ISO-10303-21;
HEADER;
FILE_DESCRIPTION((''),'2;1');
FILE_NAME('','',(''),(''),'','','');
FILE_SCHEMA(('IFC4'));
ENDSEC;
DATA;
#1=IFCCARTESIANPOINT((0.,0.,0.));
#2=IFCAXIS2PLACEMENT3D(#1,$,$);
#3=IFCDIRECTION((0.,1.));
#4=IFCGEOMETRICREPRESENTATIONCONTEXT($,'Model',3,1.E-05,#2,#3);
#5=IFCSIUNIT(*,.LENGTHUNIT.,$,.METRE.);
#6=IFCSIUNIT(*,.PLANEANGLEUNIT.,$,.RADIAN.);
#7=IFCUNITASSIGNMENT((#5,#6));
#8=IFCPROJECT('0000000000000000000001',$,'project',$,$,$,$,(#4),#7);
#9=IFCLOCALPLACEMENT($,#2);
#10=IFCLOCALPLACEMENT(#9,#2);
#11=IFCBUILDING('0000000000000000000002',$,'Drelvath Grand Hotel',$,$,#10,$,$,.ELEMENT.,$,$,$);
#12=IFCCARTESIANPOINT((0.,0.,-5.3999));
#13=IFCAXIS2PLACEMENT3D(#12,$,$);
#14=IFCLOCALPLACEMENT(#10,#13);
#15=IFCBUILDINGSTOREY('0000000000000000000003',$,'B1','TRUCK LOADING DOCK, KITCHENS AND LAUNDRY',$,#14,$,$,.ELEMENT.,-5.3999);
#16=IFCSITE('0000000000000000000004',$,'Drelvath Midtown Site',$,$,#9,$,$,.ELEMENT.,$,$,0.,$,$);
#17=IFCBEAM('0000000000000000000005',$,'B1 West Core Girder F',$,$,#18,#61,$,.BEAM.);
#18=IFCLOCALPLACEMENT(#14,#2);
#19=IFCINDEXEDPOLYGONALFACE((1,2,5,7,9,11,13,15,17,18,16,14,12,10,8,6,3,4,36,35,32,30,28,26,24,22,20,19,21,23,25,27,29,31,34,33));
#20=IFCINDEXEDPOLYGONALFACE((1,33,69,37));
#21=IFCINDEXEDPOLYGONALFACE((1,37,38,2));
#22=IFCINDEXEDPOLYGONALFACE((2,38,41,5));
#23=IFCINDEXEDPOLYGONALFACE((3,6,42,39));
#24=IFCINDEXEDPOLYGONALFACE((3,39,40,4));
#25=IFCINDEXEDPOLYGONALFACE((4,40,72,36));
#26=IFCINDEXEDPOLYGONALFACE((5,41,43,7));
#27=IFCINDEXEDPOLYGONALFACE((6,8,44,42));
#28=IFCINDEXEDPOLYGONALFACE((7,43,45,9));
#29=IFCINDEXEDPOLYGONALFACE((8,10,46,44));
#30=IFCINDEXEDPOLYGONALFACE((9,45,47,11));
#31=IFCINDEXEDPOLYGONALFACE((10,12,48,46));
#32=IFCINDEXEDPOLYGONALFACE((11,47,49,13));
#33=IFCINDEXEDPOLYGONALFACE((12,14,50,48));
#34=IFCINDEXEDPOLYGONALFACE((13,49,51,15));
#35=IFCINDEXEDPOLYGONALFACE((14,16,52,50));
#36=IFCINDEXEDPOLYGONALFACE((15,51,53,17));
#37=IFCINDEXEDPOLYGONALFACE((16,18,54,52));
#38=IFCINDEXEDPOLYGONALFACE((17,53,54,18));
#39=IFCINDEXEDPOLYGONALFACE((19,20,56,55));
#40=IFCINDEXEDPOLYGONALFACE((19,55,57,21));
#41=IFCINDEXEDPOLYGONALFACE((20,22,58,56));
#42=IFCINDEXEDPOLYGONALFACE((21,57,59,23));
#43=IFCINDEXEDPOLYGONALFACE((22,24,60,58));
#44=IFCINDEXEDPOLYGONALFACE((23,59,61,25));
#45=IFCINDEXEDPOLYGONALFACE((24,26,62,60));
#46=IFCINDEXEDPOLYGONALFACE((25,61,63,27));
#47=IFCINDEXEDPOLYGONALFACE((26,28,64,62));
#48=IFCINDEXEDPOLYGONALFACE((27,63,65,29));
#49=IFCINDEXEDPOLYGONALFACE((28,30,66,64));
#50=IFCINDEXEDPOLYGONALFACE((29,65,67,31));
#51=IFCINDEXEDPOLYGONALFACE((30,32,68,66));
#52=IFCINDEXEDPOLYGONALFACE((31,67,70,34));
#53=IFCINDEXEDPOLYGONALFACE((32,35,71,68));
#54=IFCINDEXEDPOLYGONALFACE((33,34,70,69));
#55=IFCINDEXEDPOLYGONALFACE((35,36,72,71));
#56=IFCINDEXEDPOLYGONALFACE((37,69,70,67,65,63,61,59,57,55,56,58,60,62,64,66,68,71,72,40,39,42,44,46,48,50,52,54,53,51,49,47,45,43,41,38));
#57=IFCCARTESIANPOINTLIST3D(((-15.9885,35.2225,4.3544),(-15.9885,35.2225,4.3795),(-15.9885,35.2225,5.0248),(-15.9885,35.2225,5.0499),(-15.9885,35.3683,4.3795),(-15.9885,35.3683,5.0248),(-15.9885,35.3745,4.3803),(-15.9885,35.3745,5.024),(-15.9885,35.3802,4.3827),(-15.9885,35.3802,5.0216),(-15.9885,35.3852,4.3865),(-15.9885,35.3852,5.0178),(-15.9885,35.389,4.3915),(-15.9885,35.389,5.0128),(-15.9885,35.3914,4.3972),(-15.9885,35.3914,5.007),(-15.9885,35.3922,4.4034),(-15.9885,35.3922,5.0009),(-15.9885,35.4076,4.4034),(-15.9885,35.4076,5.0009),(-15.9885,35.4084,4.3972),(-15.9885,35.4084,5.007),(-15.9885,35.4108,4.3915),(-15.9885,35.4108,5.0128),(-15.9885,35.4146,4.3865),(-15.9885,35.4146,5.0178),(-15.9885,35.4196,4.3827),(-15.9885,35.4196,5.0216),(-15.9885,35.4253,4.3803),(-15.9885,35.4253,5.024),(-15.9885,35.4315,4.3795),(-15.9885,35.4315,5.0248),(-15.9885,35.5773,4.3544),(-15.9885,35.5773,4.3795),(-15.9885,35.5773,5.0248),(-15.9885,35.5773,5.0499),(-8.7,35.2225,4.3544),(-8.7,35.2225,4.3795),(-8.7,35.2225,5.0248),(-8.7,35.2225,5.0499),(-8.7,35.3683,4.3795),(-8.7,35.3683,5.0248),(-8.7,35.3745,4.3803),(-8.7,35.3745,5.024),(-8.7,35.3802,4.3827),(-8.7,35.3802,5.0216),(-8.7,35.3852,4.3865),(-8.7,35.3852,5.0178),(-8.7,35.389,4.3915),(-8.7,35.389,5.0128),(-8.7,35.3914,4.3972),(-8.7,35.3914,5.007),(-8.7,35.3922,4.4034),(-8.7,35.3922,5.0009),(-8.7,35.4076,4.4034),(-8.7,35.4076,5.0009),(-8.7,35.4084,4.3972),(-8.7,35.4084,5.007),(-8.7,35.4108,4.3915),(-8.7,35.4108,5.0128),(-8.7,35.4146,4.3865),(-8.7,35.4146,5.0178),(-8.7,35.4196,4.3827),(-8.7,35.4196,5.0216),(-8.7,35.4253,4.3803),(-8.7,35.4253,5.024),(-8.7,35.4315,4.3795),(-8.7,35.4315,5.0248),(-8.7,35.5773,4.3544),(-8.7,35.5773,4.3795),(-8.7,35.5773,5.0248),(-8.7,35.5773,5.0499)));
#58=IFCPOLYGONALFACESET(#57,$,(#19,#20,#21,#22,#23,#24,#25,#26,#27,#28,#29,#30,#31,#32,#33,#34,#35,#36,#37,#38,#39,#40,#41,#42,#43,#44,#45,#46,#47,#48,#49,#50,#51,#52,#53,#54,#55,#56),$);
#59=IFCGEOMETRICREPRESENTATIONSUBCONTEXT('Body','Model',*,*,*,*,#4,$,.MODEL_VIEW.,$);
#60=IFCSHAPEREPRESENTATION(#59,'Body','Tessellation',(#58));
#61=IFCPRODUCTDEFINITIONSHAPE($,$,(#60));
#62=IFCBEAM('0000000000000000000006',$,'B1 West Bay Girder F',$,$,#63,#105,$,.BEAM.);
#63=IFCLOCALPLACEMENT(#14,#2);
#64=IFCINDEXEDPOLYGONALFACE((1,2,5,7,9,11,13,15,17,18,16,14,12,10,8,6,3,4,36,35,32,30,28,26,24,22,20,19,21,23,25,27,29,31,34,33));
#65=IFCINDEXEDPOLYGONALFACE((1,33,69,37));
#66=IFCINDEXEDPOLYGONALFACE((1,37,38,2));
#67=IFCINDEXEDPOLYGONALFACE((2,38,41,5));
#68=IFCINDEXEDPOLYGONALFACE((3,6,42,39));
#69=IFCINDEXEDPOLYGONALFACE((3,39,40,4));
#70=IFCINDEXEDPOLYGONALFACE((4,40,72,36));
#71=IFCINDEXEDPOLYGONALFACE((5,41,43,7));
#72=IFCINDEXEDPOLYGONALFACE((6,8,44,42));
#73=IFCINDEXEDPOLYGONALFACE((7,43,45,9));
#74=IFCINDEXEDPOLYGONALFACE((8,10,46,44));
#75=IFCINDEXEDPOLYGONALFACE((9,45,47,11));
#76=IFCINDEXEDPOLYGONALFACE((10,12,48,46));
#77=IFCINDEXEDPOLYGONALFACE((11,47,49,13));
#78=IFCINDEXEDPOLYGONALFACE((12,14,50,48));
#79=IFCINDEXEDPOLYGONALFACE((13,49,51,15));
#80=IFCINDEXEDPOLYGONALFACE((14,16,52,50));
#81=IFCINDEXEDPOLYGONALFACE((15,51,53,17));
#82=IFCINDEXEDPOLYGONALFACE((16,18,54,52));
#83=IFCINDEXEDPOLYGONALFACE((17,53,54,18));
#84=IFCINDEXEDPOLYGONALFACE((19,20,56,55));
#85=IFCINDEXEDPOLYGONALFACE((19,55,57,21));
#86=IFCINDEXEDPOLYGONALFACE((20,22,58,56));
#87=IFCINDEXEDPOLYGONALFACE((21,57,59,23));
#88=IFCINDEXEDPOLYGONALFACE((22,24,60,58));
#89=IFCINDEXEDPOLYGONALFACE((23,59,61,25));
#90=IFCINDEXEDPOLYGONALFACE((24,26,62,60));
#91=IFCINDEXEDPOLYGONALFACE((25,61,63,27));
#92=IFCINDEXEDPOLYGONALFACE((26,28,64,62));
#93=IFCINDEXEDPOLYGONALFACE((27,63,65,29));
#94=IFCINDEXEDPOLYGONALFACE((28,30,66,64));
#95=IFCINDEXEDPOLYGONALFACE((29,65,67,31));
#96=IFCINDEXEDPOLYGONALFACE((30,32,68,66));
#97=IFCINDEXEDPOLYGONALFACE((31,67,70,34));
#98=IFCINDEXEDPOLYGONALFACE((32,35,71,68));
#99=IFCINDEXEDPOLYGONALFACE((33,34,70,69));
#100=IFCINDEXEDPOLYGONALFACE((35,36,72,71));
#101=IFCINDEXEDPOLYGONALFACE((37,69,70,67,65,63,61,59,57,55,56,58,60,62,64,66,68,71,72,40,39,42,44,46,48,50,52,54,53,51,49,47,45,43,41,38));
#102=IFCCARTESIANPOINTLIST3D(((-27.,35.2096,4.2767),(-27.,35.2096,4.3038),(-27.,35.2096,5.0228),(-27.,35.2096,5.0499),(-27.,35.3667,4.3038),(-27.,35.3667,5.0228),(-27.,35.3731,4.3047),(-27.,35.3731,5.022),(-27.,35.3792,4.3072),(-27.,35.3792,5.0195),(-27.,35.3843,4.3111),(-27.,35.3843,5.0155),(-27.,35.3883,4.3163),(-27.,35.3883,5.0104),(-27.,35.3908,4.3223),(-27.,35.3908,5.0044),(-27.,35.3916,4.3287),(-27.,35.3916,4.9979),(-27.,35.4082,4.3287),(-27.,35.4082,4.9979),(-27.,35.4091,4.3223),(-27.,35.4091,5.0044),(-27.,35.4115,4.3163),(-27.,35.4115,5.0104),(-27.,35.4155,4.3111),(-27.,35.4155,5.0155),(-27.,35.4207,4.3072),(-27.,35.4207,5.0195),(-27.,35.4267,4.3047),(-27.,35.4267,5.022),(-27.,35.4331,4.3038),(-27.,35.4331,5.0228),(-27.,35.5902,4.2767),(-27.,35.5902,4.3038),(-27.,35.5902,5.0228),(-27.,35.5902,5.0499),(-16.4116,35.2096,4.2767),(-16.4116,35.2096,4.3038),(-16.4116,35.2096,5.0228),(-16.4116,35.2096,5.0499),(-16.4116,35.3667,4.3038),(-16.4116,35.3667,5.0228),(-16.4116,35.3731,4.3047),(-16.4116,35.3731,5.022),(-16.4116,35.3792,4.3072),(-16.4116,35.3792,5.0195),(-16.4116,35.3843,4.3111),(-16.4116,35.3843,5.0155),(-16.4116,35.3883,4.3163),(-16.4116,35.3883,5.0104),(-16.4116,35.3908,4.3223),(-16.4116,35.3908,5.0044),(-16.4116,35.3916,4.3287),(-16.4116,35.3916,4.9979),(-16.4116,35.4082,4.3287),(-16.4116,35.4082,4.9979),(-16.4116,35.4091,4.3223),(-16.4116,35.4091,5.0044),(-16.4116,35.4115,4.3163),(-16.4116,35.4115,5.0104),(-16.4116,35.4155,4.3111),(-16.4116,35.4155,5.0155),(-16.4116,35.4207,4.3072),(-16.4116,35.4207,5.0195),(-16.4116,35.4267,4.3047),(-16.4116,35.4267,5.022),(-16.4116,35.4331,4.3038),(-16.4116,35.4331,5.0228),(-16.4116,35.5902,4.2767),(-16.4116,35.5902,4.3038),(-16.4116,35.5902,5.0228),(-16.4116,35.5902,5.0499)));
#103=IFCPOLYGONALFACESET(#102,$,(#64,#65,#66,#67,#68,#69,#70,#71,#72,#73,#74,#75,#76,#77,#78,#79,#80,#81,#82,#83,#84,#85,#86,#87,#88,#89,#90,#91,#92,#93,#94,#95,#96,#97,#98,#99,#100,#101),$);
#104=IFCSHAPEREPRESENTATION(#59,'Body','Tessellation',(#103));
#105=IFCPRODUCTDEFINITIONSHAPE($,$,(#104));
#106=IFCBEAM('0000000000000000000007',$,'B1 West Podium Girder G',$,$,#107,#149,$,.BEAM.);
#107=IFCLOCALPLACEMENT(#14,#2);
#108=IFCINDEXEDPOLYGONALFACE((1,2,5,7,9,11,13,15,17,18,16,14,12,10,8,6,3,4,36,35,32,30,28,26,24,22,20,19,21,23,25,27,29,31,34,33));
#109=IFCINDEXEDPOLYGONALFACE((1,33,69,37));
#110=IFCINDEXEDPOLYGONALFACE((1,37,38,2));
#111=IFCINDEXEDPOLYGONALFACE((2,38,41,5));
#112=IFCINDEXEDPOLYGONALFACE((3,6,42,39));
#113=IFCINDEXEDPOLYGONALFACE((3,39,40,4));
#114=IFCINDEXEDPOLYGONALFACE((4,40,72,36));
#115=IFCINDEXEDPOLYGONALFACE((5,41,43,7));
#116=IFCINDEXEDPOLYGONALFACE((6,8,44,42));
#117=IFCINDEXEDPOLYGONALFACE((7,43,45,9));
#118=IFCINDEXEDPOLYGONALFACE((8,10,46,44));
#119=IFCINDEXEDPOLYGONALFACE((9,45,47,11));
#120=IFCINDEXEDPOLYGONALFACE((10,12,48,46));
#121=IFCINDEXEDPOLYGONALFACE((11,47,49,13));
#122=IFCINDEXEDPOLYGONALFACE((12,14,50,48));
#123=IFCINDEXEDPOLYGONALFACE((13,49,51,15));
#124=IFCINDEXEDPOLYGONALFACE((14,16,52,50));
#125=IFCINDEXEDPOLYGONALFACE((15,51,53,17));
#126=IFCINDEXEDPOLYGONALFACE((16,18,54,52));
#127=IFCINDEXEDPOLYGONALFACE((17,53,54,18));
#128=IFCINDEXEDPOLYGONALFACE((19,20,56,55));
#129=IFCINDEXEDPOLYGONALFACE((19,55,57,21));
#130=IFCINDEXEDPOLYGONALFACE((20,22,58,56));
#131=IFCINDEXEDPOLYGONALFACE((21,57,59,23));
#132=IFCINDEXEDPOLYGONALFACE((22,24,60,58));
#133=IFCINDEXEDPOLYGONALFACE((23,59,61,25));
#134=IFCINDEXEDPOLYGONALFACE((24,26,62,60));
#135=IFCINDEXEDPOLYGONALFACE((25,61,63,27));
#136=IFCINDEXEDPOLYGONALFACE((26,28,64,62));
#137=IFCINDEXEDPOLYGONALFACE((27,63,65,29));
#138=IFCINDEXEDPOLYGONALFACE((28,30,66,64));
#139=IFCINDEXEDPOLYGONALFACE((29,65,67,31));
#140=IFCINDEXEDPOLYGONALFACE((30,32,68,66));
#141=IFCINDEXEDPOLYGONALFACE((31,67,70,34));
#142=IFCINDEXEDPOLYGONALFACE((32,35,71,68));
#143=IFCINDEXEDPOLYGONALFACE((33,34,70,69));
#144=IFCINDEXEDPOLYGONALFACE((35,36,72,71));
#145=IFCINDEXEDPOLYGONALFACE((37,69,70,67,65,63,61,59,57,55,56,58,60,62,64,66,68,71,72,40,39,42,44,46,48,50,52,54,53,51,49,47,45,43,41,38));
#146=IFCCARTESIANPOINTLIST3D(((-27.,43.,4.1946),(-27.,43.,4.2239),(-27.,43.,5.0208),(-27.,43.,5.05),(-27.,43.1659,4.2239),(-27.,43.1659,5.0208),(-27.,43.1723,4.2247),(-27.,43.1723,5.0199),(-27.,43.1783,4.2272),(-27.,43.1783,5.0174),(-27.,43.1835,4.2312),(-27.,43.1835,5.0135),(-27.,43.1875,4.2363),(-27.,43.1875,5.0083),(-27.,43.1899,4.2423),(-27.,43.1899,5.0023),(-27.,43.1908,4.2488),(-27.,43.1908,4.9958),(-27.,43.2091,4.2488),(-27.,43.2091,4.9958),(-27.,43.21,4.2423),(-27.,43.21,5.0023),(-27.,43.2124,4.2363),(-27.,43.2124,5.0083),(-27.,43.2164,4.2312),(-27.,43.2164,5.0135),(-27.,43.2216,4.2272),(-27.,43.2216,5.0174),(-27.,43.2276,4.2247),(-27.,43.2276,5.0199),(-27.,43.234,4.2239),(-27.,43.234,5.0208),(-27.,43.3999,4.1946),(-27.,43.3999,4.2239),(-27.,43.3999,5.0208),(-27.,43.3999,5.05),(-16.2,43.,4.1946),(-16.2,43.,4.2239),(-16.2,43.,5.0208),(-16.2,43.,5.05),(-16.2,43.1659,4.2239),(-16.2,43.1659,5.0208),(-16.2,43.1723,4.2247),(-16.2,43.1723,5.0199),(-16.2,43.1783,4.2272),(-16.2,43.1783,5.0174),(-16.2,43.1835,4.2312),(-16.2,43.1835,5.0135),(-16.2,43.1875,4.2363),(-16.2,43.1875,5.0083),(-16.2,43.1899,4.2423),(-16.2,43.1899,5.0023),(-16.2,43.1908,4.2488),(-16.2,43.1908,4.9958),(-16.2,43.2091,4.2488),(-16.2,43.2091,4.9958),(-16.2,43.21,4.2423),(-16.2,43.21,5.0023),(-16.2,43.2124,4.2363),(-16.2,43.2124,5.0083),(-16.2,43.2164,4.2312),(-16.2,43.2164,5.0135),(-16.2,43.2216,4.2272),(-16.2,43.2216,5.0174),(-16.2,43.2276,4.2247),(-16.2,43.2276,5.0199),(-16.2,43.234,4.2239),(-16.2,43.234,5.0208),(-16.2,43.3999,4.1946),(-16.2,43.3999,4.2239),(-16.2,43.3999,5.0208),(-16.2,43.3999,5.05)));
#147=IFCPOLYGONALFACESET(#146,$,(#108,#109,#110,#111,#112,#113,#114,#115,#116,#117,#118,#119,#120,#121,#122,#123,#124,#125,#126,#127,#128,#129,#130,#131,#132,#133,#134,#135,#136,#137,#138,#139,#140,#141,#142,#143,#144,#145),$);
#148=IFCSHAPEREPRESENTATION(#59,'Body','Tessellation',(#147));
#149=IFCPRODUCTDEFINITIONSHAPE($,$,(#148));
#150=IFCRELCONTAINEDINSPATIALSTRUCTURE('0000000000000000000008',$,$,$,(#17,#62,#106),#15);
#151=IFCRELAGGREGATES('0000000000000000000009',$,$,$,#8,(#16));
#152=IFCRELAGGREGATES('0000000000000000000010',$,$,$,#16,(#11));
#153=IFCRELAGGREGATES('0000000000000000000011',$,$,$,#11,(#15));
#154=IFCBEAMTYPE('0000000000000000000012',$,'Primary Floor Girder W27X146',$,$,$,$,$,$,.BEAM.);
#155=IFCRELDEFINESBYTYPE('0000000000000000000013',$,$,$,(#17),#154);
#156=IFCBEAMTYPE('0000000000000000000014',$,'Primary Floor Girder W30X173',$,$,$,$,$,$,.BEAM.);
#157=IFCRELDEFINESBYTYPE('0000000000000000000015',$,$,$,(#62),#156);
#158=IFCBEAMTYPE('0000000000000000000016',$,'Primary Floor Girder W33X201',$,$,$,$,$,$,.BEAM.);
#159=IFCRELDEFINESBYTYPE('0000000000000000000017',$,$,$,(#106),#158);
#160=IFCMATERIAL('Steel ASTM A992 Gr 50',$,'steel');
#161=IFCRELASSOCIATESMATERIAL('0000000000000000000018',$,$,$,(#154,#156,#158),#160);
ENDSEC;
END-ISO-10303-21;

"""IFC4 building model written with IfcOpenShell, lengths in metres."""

from ifc_helpers import new_model, si_unit, direction, frame, origin, origin_2d, place, context, subcontext, project, spatial, i_section, extrude, material, material_profile, profile_set, type_object, element, save


model = new_model("IFC4")

# Units and contexts
model_context = context("Model", 3, precision=1e-05, world=origin(), true_north=direction((0.0, 1.0)))
body_context = subcontext(model_context, "Body", "Model", "MODEL_VIEW")
ifc_project = project(units=[si_unit("LENGTHUNIT", "METRE"), si_unit("PLANEANGLEUNIT", "RADIAN")], contexts=[model_context])

# Site, building, storey
site_placement = place(None, origin())
site = spatial("IfcSite", under=ifc_project, at=site_placement, Name="Drelvath Midtown Site", CompositionType="ELEMENT", RefElevation=0.0)
building_placement = place(site_placement, origin())
building = spatial("IfcBuilding", under=site, at=building_placement, Name="Drelvath Grand Hotel", CompositionType="ELEMENT")
storey_placement = place(building_placement, frame((0.0, 0.0, -5.3999)))
storey = spatial("IfcBuildingStorey", under=building, at=storey_placement, Name="B1", Description="TRUCK LOADING DOCK, KITCHENS AND LAUNDRY", CompositionType="ELEMENT", Elevation=-5.3999)

# Beams
ifc_material_1 = material(Name="Steel ASTM A992 Gr 50", Category="steel")
ifc_material_profile_1 = material_profile(ifc_material_1, i_section(OverallWidth=0.3547, OverallDepth=0.6956, WebThickness=0.0154, FlangeThickness=0.0251, FilletRadius=0.0239, at=origin_2d()), Name="W27X146")
ifc_profile_set_1 = profile_set([ifc_material_profile_1], Name="Steel ASTM A992 Gr 50")
beam_type_1 = type_object("IfcBeamType", Name="Primary Floor Girder W27X146", PredefinedType="BEAM", material=ifc_profile_set_1)
beam_1_placement = place(storey_placement, frame((-15.9885, 35.3999, 4.7021), z_axis=(1.0, 0.0, 0.0), x_axis=(0.0, 1.0, 0.0)))
element("IfcBeam", 1, at=beam_1_placement, inside=storey, type_object=beam_type_1, Name="B1 West Core Girder F", PredefinedType="BEAM", context=body_context, shape_type="SweptSolid", body=[
    extrude(i_section(OverallWidth=0.3547, OverallDepth=0.6956, WebThickness=0.0154, FlangeThickness=0.0251, FilletRadius=0.0239, at=origin_2d()), origin(), (0.0, 0.0, 1.0), 7.2886),
])
ifc_material_profile_2 = material_profile(ifc_material_1, i_section(OverallWidth=0.3806, OverallDepth=0.7732, WebThickness=0.0166, FlangeThickness=0.0271, FilletRadius=0.0249, at=origin_2d()), Name="W30X173")
ifc_profile_set_2 = profile_set([ifc_material_profile_2], Name="Steel ASTM A992 Gr 50")
beam_type_2 = type_object("IfcBeamType", Name="Primary Floor Girder W30X173", PredefinedType="BEAM", material=ifc_profile_set_2)
beam_2_placement = place(storey_placement, frame((-27.0, 35.3999, 4.6633), z_axis=(1.0, 0.0, 0.0), x_axis=(0.0, 1.0, 0.0)))
element("IfcBeam", 2, at=beam_2_placement, inside=storey, type_object=beam_type_2, Name="B1 West Bay Girder F", PredefinedType="BEAM", context=body_context, shape_type="SweptSolid", body=[
    extrude(i_section(OverallWidth=0.3806, OverallDepth=0.7732, WebThickness=0.0166, FlangeThickness=0.0271, FilletRadius=0.0249, at=origin_2d()), origin(), (0.0, 0.0, 1.0), 10.5884),
])
ifc_material_profile_3 = material_profile(ifc_material_1, i_section(OverallWidth=0.3999, OverallDepth=0.8555, WebThickness=0.0183, FlangeThickness=0.0293, FilletRadius=0.0249, at=origin_2d()), Name="W33X201")
ifc_profile_set_3 = profile_set([ifc_material_profile_3], Name="Steel ASTM A992 Gr 50")
beam_type_3 = type_object("IfcBeamType", Name="Primary Floor Girder W33X201", PredefinedType="BEAM", material=ifc_profile_set_3)
beam_3_placement = place(storey_placement, frame((-27.0, 43.2, 4.6223), z_axis=(1.0, 0.0, 0.0), x_axis=(0.0, 1.0, 0.0)))
element("IfcBeam", 3, at=beam_3_placement, inside=storey, type_object=beam_type_3, Name="B1 West Podium Girder G", PredefinedType="BEAM", context=body_context, shape_type="SweptSolid", body=[
    extrude(i_section(OverallWidth=0.3999, OverallDepth=0.8555, WebThickness=0.0183, FlangeThickness=0.0293, FilletRadius=0.0249, at=origin_2d()), origin(), (0.0, 0.0, 1.0), 10.8),
])

save(model, "model.ifc")
